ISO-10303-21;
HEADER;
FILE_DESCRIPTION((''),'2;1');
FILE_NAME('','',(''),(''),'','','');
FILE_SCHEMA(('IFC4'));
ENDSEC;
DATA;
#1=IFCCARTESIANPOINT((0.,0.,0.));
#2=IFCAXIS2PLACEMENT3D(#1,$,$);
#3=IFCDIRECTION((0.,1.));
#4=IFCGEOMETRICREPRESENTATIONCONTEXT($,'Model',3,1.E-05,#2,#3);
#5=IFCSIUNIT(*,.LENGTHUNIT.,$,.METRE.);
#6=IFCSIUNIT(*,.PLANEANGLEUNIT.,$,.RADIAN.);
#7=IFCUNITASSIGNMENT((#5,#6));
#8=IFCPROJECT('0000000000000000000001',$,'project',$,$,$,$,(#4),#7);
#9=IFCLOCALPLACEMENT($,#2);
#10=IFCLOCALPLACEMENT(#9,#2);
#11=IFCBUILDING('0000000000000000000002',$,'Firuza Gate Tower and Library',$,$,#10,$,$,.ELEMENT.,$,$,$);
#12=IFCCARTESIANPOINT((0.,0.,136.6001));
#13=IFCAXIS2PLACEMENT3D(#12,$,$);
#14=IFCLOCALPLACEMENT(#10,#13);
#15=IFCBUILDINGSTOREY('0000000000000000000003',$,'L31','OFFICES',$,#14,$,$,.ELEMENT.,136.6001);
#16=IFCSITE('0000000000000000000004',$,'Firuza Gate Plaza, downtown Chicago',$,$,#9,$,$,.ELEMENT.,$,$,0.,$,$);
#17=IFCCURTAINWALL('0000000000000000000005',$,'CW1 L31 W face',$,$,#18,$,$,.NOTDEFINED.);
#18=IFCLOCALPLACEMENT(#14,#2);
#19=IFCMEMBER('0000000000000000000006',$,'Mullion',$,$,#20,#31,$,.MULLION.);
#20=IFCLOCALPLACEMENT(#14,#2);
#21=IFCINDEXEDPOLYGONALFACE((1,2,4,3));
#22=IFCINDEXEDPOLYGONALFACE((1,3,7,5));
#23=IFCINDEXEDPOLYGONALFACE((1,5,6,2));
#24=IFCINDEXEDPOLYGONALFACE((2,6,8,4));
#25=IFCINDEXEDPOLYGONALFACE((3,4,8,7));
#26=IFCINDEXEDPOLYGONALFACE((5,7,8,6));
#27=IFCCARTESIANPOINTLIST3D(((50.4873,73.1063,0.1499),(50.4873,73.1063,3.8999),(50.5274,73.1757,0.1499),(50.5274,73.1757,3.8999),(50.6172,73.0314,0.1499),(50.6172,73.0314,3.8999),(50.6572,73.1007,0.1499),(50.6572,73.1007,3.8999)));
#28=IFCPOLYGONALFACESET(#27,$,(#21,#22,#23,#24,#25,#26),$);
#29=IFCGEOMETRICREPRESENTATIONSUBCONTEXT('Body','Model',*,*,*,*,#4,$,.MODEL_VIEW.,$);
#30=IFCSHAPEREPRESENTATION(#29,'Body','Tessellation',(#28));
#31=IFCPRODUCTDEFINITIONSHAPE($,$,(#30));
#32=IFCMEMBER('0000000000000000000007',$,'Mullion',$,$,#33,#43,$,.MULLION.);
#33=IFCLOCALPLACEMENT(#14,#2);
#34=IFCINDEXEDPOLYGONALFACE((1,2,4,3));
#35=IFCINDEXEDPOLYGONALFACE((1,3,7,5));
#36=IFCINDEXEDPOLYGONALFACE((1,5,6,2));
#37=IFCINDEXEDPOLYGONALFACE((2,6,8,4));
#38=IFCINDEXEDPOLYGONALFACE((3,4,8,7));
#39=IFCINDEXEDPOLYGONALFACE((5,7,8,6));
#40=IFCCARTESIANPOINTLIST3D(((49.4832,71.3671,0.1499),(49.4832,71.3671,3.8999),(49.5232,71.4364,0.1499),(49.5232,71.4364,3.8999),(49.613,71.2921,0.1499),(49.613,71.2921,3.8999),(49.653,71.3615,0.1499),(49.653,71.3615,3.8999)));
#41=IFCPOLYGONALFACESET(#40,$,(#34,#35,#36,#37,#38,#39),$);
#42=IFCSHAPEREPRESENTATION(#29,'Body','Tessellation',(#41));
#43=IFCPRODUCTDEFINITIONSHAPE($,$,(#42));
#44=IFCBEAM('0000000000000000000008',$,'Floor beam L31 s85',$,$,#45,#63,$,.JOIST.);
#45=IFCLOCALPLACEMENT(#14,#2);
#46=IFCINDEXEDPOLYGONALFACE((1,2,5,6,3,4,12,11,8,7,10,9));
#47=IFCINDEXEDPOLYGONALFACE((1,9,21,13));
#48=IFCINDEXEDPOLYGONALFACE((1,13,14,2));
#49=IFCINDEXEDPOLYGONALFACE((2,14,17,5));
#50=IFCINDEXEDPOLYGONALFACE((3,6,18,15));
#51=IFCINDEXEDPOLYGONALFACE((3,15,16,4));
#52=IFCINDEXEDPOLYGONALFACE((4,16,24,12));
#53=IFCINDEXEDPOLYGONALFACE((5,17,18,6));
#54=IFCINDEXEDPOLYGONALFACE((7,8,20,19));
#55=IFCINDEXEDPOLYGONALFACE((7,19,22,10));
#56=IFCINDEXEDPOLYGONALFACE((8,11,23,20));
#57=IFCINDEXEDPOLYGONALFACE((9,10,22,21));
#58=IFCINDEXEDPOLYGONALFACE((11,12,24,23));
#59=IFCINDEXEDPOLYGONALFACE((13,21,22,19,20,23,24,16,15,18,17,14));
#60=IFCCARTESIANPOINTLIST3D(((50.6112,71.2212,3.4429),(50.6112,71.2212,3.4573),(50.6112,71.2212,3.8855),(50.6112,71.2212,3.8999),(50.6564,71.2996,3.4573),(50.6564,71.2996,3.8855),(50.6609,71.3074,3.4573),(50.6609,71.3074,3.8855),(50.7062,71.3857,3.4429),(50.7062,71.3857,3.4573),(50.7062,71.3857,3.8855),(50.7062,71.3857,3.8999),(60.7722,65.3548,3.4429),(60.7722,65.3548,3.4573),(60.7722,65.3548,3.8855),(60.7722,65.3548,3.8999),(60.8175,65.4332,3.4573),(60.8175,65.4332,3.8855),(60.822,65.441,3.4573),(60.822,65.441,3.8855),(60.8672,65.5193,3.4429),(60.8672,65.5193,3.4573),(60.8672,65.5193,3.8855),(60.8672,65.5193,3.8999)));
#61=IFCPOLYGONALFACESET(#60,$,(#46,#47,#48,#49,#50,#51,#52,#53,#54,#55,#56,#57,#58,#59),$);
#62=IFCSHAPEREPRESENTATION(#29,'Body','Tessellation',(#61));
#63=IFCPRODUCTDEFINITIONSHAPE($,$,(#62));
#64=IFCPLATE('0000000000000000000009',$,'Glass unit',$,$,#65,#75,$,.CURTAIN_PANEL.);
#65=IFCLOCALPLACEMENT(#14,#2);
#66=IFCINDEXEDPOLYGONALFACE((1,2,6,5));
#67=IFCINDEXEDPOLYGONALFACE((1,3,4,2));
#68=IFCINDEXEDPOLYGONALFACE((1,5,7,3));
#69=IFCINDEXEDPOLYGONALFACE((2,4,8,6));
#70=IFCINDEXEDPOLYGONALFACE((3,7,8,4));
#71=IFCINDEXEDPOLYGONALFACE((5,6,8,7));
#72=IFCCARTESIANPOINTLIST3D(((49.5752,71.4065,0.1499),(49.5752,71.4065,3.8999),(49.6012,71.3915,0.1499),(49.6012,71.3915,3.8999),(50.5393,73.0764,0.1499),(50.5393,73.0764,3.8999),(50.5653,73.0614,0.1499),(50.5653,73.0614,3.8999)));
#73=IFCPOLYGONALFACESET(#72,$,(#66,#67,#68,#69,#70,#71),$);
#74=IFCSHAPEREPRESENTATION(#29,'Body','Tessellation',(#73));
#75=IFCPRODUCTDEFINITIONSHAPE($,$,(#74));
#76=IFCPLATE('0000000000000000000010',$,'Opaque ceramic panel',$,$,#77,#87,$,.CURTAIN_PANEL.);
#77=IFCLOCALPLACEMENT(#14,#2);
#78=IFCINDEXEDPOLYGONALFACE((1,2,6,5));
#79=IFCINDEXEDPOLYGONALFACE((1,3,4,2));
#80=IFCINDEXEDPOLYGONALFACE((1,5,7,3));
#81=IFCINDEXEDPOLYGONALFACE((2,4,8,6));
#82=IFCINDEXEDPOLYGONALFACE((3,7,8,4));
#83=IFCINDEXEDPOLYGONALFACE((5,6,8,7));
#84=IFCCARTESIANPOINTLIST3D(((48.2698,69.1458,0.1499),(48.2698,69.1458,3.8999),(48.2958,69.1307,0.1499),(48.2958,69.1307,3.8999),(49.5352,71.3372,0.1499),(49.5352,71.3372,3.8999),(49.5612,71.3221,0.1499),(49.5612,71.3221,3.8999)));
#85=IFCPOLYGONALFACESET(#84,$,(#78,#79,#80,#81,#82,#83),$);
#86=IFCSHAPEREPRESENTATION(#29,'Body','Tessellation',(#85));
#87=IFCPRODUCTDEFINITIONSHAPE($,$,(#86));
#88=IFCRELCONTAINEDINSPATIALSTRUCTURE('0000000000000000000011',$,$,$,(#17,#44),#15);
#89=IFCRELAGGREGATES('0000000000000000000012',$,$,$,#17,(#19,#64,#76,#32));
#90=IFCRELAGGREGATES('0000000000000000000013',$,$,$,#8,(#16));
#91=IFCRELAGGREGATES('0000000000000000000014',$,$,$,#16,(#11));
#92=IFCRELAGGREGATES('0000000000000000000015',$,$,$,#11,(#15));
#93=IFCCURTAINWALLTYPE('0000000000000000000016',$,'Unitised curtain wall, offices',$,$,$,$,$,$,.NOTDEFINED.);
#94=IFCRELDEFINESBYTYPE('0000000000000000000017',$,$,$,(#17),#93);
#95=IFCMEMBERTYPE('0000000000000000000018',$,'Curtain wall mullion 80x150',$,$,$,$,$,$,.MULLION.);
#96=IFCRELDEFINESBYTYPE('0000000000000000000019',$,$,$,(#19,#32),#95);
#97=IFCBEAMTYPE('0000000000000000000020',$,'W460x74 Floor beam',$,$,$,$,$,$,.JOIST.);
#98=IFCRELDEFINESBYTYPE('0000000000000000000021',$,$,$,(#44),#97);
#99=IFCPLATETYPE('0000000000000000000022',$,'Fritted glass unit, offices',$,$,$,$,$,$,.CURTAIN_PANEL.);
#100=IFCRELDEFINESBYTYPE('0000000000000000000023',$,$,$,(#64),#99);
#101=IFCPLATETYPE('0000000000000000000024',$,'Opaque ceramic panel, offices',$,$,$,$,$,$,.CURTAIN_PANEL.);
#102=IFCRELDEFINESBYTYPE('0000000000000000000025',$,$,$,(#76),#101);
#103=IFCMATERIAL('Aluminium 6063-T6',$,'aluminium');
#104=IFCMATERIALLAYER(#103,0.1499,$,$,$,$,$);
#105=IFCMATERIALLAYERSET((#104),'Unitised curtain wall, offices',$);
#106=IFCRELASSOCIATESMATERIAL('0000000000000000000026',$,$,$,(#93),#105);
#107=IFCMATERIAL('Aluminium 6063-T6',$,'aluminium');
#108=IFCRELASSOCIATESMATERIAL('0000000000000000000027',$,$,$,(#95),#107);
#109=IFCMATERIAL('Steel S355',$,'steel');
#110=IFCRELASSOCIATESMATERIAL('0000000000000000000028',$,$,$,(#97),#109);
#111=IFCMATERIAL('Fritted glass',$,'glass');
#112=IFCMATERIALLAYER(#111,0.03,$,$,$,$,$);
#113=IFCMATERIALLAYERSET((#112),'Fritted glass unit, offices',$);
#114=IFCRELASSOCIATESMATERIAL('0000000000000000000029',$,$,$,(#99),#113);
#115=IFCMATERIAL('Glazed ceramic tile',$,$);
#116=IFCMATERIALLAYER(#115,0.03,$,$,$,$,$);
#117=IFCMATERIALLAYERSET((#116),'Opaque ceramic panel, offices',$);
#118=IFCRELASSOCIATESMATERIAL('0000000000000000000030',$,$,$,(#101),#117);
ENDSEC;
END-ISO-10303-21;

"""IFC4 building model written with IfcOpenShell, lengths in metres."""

from ifc_helpers import new_model, si_unit, direction, frame, origin, origin_2d, place, context, subcontext, project, spatial, polyline, rectangle, i_section, outline, extrude, material, layer, layer_set, material_profile, profile_set, type_object, element, aggregate, save


model = new_model("IFC4")

# Units and contexts
model_context = context("Model", 3, precision=1e-05, world=origin(), true_north=direction((0.0, 1.0)))
body_context = subcontext(model_context, "Body", "Model", "MODEL_VIEW")
ifc_project = project(units=[si_unit("LENGTHUNIT", "METRE"), si_unit("PLANEANGLEUNIT", "RADIAN")], contexts=[model_context])

# Site, building, storey
site_placement = place(None, origin())
site = spatial("IfcSite", under=ifc_project, at=site_placement, Name="Firuza Gate Plaza, downtown Chicago", CompositionType="ELEMENT", RefElevation=0.0)
building_placement = place(site_placement, origin())
building = spatial("IfcBuilding", under=site, at=building_placement, Name="Firuza Gate Tower and Library", CompositionType="ELEMENT")
storey_placement = place(building_placement, frame((0.0, 0.0, 136.6001)))
storey = spatial("IfcBuildingStorey", under=building, at=storey_placement, Name="L31", Description="OFFICES", CompositionType="ELEMENT", Elevation=136.6001)

# Curtain wall, members
ifc_material_1 = material(Name="Aluminium 6063-T6", Category="aluminium")
ifc_layer_1 = layer(ifc_material_1, 0.1499)
ifc_layer_set_1 = layer_set([ifc_layer_1], Name="Unitised curtain wall, offices")
curtain_wall_type = type_object("IfcCurtainWallType", Name="Unitised curtain wall, offices", PredefinedType="NOTDEFINED", material=ifc_layer_set_1)
curtain_wall_placement = place(storey_placement, origin())
curtain_wall = element("IfcCurtainWall", 1, at=curtain_wall_placement, inside=storey, type_object=curtain_wall_type, Name="CW1 L31 W face", PredefinedType="NOTDEFINED")
ifc_material_2 = material(Name="Aluminium 6063-T6", Category="aluminium")
ifc_material_profile_1 = material_profile(ifc_material_2, rectangle(XDim=0.1499, YDim=0.0801, at=origin_2d()))
ifc_profile_set_1 = profile_set([ifc_material_profile_1], Name="Aluminium 6063-T6")
member_type = type_object("IfcMemberType", Name="Curtain wall mullion 80x150", PredefinedType="MULLION", material=ifc_profile_set_1)
member_1_placement = place(storey_placement, frame((50.5723, 73.1035, 0.1499), z_axis=(0.0, 0.0, 1.0), x_axis=(0.866025, -0.5, 0.0)))
member_1 = element("IfcMember", 2, at=member_1_placement, type_object=member_type, Name="Mullion", PredefinedType="MULLION", context=body_context, shape_type="SweptSolid", body=[
    extrude(rectangle(XDim=0.1499, YDim=0.0801, at=origin_2d()), origin(), (0.0, 0.0, 1.0), 3.75),
])
member_2_placement = place(storey_placement, frame((49.5681, 71.3643, 0.1499), z_axis=(0.0, 0.0, 1.0), x_axis=(0.866025, -0.5, 0.0)))
member_2 = element("IfcMember", 3, at=member_2_placement, type_object=member_type, Name="Mullion", PredefinedType="MULLION", context=body_context, shape_type="SweptSolid", body=[
    extrude(rectangle(XDim=0.1499, YDim=0.0801, at=origin_2d()), origin(), (0.0, 0.0, 1.0), 3.75),
])

# Beam
ifc_material_3 = material(Name="Steel S355", Category="steel")
ifc_material_profile_2 = material_profile(ifc_material_3, i_section(OverallWidth=0.1899, OverallDepth=0.457, WebThickness=0.009, FlangeThickness=0.0144, at=origin_2d()))
ifc_profile_set_2 = profile_set([ifc_material_profile_2], Name="Steel S355")
beam_type = type_object("IfcBeamType", Name="W460x74 Floor beam", PredefinedType="JOIST", material=ifc_profile_set_2)
beam_placement = place(storey_placement, frame((50.6587, 71.3035, 3.6714), z_axis=(0.866028, -0.499995, 0.0), x_axis=(0.499995, 0.866028, 0.0)))
element("IfcBeam", 4, at=beam_placement, inside=storey, type_object=beam_type, Name="Floor beam L31 s85", PredefinedType="JOIST", context=body_context, shape_type="SweptSolid", body=[
    extrude(i_section(OverallWidth=0.1899, OverallDepth=0.457, WebThickness=0.009, FlangeThickness=0.0144, at=origin_2d()), origin(), (0.0, 0.0, 1.0), 11.7329),
])

# Plates
ifc_material_4 = material(Name="Fritted glass", Category="glass")
ifc_layer_2 = layer(ifc_material_4, 0.03)
ifc_layer_set_2 = layer_set([ifc_layer_2], Name="Fritted glass unit, offices")
plate_type_1 = type_object("IfcPlateType", Name="Fritted glass unit, offices", PredefinedType="CURTAIN_PANEL", material=ifc_layer_set_2)
plate_1_placement = place(storey_placement, frame((50.5393, 73.0764, 0.1499), z_axis=(-0.86603, 0.499993, 0.0), x_axis=(-0.499993, -0.86603, 0.0)))
plate_1 = element("IfcPlate", 5, at=plate_1_placement, type_object=plate_type_1, Name="Glass unit", PredefinedType="CURTAIN_PANEL", context=body_context, shape_type="SweptSolid", body=[
    extrude(outline(polyline([(0.0, 0.0), (1.9283, 0.0), (1.9283, 3.75), (0.0, 3.75), (0.0, 0.0)])), origin(), (0.0, 0.0, -1.0), 0.03),
])
ifc_material_5 = material(Name="Glazed ceramic tile")
ifc_layer_3 = layer(ifc_material_5, 0.03)
ifc_layer_set_3 = layer_set([ifc_layer_3], Name="Opaque ceramic panel, offices")
plate_type_2 = type_object("IfcPlateType", Name="Opaque ceramic panel, offices", PredefinedType="CURTAIN_PANEL", material=ifc_layer_set_3)
plate_2_placement = place(storey_placement, frame((49.5352, 71.3372, 0.1499), z_axis=(-0.865996, 0.500051, 0.0), x_axis=(-0.500051, -0.865996, 0.0)))
plate_2 = element("IfcPlate", 6, at=plate_2_placement, type_object=plate_type_2, Name="Opaque ceramic panel", PredefinedType="CURTAIN_PANEL", context=body_context, shape_type="SweptSolid", body=[
    extrude(outline(polyline([(0.0, 0.0), (2.5305, 0.0), (2.5305, 3.75), (0.0, 3.75), (0.0, 0.0)])), origin(), (0.0, 0.0, -1.0), 0.03),
])
aggregate(curtain_wall, [member_1, plate_1, plate_2, member_2])

save(model, "model.ifc")
